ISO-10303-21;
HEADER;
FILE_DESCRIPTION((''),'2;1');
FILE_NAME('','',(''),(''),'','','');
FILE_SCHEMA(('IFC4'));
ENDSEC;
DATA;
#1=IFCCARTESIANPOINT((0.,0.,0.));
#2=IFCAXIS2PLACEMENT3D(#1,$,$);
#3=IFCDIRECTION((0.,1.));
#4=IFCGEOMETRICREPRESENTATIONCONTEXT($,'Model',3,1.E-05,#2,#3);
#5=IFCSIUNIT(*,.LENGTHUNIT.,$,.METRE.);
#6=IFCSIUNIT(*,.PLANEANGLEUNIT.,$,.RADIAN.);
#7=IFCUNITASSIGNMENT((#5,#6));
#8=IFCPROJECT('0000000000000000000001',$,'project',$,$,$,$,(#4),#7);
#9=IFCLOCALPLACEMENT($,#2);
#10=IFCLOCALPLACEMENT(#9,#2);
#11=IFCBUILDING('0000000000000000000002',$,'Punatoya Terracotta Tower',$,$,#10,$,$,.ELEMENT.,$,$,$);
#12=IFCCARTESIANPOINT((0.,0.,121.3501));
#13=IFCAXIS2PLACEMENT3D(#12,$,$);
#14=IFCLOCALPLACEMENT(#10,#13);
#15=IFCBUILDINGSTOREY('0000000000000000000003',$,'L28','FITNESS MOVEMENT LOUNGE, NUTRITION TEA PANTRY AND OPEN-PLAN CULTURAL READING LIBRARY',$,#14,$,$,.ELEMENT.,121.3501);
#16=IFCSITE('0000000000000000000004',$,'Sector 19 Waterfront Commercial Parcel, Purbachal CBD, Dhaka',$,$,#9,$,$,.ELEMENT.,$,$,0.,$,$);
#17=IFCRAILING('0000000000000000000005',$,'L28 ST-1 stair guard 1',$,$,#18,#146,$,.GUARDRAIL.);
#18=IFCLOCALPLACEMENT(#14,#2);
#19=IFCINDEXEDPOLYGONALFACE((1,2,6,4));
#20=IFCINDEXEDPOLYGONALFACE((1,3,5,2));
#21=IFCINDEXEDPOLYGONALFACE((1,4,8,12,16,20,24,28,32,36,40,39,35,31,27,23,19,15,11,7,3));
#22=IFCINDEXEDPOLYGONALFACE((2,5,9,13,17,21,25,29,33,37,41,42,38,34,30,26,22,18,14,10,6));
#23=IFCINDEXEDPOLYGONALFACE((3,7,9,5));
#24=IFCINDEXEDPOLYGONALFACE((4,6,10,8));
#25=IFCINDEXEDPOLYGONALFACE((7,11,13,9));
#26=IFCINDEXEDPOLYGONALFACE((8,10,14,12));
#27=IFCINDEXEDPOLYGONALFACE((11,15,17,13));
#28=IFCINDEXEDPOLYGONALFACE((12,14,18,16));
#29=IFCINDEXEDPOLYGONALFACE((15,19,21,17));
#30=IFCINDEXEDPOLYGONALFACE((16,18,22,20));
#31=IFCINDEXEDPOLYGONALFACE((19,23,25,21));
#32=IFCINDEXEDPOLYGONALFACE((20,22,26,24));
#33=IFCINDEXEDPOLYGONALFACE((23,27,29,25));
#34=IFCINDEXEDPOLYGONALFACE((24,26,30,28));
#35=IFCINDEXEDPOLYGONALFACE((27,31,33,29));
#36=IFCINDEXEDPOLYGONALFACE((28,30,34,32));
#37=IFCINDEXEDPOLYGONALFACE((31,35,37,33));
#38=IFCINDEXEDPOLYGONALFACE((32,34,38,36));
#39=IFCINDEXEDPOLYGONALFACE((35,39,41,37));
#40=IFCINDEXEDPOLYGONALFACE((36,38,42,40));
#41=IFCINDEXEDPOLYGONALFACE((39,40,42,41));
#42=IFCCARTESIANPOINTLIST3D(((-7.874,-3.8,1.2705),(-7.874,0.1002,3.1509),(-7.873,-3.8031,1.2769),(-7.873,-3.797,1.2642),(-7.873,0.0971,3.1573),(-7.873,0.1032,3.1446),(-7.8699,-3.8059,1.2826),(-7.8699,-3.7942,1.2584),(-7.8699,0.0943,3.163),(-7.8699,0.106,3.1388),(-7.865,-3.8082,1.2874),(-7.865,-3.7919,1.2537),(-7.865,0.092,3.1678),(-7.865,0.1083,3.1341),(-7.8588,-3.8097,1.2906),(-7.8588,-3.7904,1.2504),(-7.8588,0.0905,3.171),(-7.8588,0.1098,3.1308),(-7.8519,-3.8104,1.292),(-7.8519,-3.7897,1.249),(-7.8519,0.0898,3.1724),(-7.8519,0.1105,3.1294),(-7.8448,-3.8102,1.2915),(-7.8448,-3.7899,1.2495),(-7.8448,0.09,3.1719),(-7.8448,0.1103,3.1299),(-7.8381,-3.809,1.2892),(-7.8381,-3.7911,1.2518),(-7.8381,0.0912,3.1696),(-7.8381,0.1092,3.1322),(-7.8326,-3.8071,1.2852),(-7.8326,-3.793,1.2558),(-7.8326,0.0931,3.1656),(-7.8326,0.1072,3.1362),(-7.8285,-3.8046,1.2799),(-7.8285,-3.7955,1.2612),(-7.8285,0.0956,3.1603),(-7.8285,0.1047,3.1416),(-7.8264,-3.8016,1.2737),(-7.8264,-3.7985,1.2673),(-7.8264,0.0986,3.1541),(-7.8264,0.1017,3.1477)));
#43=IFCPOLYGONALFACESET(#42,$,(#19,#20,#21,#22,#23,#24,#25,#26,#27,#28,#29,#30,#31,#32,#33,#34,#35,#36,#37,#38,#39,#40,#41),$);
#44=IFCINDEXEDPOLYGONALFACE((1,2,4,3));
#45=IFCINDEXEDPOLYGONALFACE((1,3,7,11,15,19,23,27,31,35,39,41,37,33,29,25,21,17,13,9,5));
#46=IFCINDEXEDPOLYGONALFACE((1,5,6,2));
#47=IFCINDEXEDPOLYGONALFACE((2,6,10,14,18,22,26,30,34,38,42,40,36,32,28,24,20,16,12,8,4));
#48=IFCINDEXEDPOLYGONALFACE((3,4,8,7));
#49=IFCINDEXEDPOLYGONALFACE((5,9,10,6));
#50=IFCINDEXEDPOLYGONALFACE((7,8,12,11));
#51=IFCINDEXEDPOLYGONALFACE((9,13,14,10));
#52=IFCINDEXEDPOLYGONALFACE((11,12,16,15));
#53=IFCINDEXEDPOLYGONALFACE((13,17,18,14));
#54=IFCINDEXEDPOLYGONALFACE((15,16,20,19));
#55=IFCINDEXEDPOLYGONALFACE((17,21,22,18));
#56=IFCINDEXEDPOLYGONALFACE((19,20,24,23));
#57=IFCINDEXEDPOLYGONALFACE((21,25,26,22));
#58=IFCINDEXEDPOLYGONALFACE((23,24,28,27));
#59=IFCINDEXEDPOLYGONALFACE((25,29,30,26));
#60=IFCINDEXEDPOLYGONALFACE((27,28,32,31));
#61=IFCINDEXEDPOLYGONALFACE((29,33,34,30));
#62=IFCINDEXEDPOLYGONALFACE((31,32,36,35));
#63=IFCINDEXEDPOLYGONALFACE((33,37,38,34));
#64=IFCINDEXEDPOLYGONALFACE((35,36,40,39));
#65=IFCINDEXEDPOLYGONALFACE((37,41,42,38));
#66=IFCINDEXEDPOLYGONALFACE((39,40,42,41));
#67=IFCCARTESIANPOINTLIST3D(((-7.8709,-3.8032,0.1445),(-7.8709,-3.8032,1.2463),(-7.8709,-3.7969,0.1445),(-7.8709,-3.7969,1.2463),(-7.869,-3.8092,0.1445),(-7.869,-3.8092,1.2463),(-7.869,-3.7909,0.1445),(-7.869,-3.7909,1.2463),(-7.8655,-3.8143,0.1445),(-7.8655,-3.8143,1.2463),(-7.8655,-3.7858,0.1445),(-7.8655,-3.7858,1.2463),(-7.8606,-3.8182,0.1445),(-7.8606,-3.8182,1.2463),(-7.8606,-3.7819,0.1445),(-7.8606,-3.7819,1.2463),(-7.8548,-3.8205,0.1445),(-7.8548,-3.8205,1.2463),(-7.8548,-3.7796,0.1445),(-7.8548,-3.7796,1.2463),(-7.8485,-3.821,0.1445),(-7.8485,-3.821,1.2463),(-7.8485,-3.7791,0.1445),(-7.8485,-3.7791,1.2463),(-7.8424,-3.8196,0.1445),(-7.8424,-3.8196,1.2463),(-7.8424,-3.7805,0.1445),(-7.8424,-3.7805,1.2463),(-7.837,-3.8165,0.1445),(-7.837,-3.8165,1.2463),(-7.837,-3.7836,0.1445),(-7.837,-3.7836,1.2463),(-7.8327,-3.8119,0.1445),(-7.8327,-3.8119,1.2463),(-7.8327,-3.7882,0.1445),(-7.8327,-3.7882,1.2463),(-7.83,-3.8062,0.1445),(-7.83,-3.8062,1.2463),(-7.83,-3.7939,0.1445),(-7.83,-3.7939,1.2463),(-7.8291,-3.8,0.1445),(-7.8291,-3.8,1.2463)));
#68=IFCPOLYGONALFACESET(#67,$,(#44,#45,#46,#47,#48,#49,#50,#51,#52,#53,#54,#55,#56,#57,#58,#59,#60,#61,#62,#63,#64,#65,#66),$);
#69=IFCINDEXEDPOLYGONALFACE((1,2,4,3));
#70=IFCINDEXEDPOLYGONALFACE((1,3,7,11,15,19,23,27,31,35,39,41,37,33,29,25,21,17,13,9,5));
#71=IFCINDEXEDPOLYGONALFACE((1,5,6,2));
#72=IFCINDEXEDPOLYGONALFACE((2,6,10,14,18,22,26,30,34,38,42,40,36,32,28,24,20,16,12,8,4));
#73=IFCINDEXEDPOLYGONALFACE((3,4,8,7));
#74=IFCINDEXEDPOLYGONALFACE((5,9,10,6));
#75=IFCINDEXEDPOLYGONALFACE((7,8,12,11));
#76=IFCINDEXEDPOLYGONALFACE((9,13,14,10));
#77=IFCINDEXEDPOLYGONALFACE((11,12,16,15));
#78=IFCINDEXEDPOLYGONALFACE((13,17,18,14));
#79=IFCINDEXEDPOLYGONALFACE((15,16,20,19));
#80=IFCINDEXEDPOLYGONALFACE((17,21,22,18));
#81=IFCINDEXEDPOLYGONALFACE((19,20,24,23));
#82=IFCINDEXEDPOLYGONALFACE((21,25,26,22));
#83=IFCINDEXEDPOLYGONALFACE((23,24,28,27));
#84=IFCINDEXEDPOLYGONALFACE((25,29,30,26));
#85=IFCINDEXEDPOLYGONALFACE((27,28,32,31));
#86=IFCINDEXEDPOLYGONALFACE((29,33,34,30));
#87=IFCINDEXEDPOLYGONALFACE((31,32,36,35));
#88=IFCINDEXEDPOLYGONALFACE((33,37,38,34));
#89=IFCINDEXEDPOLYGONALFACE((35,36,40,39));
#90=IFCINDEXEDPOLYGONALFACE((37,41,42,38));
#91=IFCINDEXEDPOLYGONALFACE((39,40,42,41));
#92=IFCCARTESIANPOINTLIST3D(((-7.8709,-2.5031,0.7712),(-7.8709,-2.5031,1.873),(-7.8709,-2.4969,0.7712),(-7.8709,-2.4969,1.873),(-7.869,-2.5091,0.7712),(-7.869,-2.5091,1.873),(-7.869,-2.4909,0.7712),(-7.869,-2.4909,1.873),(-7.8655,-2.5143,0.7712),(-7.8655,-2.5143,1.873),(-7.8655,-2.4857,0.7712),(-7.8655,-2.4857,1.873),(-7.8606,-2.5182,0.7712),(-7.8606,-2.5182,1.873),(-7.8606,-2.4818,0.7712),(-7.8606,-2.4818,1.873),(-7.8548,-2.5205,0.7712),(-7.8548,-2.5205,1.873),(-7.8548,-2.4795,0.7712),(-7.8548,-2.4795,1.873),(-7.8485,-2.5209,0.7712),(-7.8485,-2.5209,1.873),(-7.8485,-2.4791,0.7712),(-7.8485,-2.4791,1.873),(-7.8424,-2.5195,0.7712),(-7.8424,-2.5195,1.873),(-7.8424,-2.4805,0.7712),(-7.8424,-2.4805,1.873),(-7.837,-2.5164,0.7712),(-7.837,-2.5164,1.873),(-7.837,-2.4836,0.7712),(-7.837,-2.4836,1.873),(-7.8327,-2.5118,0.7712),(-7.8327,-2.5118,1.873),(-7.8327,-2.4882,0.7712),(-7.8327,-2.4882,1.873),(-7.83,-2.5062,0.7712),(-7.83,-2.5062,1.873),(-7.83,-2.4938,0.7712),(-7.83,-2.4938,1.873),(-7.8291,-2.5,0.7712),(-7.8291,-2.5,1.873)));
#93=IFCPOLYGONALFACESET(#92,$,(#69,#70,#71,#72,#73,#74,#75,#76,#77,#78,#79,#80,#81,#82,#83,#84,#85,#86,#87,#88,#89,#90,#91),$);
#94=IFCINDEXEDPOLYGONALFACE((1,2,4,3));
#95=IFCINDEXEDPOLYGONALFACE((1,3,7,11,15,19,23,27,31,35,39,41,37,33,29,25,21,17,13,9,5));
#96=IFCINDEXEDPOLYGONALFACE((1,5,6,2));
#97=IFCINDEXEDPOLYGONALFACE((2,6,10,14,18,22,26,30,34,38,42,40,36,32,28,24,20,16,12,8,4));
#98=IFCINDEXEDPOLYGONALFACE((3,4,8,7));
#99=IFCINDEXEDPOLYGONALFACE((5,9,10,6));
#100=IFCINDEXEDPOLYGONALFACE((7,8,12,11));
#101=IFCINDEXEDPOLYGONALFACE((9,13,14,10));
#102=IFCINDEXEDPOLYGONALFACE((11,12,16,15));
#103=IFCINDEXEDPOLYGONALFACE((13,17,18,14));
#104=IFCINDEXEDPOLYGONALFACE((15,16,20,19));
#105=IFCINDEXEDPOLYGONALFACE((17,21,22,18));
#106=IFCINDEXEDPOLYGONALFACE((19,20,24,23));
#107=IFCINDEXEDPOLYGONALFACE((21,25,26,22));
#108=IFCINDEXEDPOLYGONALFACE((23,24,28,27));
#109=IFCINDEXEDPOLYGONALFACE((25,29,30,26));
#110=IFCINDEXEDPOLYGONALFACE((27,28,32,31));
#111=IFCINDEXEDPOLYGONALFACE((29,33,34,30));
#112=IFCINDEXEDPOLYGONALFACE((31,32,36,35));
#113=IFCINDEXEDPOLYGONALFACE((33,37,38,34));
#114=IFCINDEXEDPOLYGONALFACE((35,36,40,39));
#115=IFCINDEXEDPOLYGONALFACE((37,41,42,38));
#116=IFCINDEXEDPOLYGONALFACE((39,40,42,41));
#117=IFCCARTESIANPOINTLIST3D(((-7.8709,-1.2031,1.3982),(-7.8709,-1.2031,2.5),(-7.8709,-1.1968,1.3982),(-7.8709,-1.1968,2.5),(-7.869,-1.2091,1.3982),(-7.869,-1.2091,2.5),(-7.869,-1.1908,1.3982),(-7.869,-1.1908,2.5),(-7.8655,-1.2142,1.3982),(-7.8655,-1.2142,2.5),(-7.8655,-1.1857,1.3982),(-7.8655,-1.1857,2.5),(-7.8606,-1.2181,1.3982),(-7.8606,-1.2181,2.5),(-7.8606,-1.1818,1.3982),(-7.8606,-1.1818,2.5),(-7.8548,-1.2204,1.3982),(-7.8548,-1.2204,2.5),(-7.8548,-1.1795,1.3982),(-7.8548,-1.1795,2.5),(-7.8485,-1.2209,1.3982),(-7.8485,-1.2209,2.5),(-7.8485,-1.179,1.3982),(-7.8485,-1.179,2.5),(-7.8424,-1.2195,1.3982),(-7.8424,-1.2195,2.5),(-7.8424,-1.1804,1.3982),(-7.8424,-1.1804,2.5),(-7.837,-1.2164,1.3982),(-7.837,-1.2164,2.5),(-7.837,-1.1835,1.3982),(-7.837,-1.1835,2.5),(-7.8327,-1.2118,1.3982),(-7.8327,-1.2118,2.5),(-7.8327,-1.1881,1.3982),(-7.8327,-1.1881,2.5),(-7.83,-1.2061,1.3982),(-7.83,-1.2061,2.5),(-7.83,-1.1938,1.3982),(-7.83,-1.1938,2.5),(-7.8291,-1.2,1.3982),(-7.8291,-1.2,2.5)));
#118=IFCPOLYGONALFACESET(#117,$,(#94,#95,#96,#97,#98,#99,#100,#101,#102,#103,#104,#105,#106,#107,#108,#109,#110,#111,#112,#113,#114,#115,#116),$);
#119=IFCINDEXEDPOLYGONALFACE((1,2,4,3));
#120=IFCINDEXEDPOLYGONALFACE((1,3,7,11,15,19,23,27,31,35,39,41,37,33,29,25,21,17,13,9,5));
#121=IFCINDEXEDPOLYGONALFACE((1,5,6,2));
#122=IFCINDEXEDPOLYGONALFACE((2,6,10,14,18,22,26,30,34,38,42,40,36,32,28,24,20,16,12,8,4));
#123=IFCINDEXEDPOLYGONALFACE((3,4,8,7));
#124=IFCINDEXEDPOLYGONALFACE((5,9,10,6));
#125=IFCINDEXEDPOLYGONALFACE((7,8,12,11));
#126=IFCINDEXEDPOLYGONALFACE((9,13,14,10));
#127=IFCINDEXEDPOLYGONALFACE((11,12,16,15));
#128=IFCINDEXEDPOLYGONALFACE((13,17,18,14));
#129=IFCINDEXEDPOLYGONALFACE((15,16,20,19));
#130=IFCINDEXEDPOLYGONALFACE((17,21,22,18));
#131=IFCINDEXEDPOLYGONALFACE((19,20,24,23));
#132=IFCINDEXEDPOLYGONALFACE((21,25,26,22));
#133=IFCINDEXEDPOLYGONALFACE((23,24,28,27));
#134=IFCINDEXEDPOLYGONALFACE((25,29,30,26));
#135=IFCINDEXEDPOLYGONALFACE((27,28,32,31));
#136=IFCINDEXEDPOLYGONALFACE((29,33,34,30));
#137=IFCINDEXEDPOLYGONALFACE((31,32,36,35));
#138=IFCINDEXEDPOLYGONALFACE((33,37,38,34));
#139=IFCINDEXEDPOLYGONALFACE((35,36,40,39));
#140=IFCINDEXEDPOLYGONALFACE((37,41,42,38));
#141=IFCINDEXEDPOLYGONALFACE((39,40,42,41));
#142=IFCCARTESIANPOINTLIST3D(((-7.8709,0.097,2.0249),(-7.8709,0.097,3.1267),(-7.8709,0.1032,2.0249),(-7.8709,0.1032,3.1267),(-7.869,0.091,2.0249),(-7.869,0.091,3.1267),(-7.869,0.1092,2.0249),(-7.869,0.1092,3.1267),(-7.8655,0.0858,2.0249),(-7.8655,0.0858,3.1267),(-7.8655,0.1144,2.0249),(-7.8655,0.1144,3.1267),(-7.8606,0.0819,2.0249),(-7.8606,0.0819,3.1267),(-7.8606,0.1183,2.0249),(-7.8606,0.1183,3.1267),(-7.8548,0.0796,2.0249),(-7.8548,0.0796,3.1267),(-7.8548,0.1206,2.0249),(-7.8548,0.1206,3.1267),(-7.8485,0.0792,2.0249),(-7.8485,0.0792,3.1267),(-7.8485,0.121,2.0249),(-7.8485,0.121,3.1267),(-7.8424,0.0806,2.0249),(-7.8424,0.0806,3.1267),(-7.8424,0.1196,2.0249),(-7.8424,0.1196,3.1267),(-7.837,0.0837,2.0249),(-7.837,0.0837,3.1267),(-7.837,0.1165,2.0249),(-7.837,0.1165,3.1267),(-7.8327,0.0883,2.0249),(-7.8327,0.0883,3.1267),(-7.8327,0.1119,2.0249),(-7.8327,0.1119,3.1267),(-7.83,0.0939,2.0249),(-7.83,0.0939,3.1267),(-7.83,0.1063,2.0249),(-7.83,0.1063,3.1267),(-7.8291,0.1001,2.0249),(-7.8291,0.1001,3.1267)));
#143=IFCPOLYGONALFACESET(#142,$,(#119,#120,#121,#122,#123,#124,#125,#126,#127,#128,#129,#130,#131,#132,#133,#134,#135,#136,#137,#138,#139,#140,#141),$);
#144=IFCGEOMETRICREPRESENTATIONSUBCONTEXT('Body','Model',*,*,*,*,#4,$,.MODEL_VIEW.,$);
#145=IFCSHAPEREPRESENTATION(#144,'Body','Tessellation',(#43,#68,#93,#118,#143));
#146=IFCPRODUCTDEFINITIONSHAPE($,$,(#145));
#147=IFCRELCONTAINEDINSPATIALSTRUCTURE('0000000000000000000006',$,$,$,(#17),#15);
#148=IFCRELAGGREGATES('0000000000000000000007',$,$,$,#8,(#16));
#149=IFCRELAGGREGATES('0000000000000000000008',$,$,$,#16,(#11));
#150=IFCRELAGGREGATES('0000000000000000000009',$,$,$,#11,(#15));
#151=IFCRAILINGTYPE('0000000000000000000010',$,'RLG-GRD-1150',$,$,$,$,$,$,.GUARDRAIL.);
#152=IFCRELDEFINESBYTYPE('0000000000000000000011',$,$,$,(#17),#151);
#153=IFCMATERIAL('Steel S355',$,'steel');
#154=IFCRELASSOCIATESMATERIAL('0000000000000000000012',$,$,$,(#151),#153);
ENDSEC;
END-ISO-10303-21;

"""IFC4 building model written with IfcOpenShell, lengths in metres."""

from ifc_helpers import new_model, si_unit, direction, frame, origin, origin_2d, place, context, subcontext, project, spatial, circle, extrude, material, type_object, element, save


model = new_model("IFC4")

# Units and contexts
model_context = context("Model", 3, precision=1e-05, world=origin(), true_north=direction((0.0, 1.0)))
body_context = subcontext(model_context, "Body", "Model", "MODEL_VIEW")
ifc_project = project(units=[si_unit("LENGTHUNIT", "METRE"), si_unit("PLANEANGLEUNIT", "RADIAN")], contexts=[model_context])

# Site, building, storey
site_placement = place(None, origin())
site = spatial("IfcSite", under=ifc_project, at=site_placement, Name="Sector 19 Waterfront Commercial Parcel, Purbachal CBD, Dhaka", CompositionType="ELEMENT", RefElevation=0.0)
building_placement = place(site_placement, origin())
building = spatial("IfcBuilding", under=site, at=building_placement, Name="Punatoya Terracotta Tower", CompositionType="ELEMENT")
storey_placement = place(building_placement, frame((0.0, 0.0, 121.3501)))
storey = spatial("IfcBuildingStorey", under=building, at=storey_placement, Name="L28", Description="FITNESS MOVEMENT LOUNGE, NUTRITION TEA PANTRY AND OPEN-PLAN CULTURAL READING LIBRARY", CompositionType="ELEMENT", Elevation=121.3501)

# Railing
ifc_material_1 = material(Name="Steel S355", Category="steel")
railing_type_1 = type_object("IfcRailingType", Name="RLG-GRD-1150", PredefinedType="GUARDRAIL", material=ifc_material_1)
railing_1_placement = place(storey_placement, frame((-7.8501, -3.8, 0.1445)))
element("IfcRailing", 1, at=railing_1_placement, inside=storey, type_object=railing_type_1, Name="L28 ST-1 stair guard 1", PredefinedType="GUARDRAIL", context=body_context, shape_type="SweptSolid", body=[
    extrude(circle(Radius=0.0239, at=origin_2d()), frame((0.0, 0.0, 1.126), z_axis=(0.0, 0.900774, 0.434289), x_axis=(-1.0, 0.0, 0.0)), (0.0, 0.0, 1.0), 4.3298),
    extrude(circle(Radius=0.021, at=origin_2d()), origin(), (0.0, 0.0, 1.0), 1.1018),
    extrude(circle(Radius=0.021, at=origin_2d()), frame((0.0, 1.3, 0.6267)), (0.0, 0.0, 1.0), 1.1018),
    extrude(circle(Radius=0.021, at=origin_2d()), frame((0.0, 2.6001, 1.2537)), (0.0, 0.0, 1.0), 1.1018),
    extrude(circle(Radius=0.021, at=origin_2d()), frame((0.0, 3.9001, 1.8804)), (0.0, 0.0, 1.0), 1.1018),
])

save(model, "model.ifc")
